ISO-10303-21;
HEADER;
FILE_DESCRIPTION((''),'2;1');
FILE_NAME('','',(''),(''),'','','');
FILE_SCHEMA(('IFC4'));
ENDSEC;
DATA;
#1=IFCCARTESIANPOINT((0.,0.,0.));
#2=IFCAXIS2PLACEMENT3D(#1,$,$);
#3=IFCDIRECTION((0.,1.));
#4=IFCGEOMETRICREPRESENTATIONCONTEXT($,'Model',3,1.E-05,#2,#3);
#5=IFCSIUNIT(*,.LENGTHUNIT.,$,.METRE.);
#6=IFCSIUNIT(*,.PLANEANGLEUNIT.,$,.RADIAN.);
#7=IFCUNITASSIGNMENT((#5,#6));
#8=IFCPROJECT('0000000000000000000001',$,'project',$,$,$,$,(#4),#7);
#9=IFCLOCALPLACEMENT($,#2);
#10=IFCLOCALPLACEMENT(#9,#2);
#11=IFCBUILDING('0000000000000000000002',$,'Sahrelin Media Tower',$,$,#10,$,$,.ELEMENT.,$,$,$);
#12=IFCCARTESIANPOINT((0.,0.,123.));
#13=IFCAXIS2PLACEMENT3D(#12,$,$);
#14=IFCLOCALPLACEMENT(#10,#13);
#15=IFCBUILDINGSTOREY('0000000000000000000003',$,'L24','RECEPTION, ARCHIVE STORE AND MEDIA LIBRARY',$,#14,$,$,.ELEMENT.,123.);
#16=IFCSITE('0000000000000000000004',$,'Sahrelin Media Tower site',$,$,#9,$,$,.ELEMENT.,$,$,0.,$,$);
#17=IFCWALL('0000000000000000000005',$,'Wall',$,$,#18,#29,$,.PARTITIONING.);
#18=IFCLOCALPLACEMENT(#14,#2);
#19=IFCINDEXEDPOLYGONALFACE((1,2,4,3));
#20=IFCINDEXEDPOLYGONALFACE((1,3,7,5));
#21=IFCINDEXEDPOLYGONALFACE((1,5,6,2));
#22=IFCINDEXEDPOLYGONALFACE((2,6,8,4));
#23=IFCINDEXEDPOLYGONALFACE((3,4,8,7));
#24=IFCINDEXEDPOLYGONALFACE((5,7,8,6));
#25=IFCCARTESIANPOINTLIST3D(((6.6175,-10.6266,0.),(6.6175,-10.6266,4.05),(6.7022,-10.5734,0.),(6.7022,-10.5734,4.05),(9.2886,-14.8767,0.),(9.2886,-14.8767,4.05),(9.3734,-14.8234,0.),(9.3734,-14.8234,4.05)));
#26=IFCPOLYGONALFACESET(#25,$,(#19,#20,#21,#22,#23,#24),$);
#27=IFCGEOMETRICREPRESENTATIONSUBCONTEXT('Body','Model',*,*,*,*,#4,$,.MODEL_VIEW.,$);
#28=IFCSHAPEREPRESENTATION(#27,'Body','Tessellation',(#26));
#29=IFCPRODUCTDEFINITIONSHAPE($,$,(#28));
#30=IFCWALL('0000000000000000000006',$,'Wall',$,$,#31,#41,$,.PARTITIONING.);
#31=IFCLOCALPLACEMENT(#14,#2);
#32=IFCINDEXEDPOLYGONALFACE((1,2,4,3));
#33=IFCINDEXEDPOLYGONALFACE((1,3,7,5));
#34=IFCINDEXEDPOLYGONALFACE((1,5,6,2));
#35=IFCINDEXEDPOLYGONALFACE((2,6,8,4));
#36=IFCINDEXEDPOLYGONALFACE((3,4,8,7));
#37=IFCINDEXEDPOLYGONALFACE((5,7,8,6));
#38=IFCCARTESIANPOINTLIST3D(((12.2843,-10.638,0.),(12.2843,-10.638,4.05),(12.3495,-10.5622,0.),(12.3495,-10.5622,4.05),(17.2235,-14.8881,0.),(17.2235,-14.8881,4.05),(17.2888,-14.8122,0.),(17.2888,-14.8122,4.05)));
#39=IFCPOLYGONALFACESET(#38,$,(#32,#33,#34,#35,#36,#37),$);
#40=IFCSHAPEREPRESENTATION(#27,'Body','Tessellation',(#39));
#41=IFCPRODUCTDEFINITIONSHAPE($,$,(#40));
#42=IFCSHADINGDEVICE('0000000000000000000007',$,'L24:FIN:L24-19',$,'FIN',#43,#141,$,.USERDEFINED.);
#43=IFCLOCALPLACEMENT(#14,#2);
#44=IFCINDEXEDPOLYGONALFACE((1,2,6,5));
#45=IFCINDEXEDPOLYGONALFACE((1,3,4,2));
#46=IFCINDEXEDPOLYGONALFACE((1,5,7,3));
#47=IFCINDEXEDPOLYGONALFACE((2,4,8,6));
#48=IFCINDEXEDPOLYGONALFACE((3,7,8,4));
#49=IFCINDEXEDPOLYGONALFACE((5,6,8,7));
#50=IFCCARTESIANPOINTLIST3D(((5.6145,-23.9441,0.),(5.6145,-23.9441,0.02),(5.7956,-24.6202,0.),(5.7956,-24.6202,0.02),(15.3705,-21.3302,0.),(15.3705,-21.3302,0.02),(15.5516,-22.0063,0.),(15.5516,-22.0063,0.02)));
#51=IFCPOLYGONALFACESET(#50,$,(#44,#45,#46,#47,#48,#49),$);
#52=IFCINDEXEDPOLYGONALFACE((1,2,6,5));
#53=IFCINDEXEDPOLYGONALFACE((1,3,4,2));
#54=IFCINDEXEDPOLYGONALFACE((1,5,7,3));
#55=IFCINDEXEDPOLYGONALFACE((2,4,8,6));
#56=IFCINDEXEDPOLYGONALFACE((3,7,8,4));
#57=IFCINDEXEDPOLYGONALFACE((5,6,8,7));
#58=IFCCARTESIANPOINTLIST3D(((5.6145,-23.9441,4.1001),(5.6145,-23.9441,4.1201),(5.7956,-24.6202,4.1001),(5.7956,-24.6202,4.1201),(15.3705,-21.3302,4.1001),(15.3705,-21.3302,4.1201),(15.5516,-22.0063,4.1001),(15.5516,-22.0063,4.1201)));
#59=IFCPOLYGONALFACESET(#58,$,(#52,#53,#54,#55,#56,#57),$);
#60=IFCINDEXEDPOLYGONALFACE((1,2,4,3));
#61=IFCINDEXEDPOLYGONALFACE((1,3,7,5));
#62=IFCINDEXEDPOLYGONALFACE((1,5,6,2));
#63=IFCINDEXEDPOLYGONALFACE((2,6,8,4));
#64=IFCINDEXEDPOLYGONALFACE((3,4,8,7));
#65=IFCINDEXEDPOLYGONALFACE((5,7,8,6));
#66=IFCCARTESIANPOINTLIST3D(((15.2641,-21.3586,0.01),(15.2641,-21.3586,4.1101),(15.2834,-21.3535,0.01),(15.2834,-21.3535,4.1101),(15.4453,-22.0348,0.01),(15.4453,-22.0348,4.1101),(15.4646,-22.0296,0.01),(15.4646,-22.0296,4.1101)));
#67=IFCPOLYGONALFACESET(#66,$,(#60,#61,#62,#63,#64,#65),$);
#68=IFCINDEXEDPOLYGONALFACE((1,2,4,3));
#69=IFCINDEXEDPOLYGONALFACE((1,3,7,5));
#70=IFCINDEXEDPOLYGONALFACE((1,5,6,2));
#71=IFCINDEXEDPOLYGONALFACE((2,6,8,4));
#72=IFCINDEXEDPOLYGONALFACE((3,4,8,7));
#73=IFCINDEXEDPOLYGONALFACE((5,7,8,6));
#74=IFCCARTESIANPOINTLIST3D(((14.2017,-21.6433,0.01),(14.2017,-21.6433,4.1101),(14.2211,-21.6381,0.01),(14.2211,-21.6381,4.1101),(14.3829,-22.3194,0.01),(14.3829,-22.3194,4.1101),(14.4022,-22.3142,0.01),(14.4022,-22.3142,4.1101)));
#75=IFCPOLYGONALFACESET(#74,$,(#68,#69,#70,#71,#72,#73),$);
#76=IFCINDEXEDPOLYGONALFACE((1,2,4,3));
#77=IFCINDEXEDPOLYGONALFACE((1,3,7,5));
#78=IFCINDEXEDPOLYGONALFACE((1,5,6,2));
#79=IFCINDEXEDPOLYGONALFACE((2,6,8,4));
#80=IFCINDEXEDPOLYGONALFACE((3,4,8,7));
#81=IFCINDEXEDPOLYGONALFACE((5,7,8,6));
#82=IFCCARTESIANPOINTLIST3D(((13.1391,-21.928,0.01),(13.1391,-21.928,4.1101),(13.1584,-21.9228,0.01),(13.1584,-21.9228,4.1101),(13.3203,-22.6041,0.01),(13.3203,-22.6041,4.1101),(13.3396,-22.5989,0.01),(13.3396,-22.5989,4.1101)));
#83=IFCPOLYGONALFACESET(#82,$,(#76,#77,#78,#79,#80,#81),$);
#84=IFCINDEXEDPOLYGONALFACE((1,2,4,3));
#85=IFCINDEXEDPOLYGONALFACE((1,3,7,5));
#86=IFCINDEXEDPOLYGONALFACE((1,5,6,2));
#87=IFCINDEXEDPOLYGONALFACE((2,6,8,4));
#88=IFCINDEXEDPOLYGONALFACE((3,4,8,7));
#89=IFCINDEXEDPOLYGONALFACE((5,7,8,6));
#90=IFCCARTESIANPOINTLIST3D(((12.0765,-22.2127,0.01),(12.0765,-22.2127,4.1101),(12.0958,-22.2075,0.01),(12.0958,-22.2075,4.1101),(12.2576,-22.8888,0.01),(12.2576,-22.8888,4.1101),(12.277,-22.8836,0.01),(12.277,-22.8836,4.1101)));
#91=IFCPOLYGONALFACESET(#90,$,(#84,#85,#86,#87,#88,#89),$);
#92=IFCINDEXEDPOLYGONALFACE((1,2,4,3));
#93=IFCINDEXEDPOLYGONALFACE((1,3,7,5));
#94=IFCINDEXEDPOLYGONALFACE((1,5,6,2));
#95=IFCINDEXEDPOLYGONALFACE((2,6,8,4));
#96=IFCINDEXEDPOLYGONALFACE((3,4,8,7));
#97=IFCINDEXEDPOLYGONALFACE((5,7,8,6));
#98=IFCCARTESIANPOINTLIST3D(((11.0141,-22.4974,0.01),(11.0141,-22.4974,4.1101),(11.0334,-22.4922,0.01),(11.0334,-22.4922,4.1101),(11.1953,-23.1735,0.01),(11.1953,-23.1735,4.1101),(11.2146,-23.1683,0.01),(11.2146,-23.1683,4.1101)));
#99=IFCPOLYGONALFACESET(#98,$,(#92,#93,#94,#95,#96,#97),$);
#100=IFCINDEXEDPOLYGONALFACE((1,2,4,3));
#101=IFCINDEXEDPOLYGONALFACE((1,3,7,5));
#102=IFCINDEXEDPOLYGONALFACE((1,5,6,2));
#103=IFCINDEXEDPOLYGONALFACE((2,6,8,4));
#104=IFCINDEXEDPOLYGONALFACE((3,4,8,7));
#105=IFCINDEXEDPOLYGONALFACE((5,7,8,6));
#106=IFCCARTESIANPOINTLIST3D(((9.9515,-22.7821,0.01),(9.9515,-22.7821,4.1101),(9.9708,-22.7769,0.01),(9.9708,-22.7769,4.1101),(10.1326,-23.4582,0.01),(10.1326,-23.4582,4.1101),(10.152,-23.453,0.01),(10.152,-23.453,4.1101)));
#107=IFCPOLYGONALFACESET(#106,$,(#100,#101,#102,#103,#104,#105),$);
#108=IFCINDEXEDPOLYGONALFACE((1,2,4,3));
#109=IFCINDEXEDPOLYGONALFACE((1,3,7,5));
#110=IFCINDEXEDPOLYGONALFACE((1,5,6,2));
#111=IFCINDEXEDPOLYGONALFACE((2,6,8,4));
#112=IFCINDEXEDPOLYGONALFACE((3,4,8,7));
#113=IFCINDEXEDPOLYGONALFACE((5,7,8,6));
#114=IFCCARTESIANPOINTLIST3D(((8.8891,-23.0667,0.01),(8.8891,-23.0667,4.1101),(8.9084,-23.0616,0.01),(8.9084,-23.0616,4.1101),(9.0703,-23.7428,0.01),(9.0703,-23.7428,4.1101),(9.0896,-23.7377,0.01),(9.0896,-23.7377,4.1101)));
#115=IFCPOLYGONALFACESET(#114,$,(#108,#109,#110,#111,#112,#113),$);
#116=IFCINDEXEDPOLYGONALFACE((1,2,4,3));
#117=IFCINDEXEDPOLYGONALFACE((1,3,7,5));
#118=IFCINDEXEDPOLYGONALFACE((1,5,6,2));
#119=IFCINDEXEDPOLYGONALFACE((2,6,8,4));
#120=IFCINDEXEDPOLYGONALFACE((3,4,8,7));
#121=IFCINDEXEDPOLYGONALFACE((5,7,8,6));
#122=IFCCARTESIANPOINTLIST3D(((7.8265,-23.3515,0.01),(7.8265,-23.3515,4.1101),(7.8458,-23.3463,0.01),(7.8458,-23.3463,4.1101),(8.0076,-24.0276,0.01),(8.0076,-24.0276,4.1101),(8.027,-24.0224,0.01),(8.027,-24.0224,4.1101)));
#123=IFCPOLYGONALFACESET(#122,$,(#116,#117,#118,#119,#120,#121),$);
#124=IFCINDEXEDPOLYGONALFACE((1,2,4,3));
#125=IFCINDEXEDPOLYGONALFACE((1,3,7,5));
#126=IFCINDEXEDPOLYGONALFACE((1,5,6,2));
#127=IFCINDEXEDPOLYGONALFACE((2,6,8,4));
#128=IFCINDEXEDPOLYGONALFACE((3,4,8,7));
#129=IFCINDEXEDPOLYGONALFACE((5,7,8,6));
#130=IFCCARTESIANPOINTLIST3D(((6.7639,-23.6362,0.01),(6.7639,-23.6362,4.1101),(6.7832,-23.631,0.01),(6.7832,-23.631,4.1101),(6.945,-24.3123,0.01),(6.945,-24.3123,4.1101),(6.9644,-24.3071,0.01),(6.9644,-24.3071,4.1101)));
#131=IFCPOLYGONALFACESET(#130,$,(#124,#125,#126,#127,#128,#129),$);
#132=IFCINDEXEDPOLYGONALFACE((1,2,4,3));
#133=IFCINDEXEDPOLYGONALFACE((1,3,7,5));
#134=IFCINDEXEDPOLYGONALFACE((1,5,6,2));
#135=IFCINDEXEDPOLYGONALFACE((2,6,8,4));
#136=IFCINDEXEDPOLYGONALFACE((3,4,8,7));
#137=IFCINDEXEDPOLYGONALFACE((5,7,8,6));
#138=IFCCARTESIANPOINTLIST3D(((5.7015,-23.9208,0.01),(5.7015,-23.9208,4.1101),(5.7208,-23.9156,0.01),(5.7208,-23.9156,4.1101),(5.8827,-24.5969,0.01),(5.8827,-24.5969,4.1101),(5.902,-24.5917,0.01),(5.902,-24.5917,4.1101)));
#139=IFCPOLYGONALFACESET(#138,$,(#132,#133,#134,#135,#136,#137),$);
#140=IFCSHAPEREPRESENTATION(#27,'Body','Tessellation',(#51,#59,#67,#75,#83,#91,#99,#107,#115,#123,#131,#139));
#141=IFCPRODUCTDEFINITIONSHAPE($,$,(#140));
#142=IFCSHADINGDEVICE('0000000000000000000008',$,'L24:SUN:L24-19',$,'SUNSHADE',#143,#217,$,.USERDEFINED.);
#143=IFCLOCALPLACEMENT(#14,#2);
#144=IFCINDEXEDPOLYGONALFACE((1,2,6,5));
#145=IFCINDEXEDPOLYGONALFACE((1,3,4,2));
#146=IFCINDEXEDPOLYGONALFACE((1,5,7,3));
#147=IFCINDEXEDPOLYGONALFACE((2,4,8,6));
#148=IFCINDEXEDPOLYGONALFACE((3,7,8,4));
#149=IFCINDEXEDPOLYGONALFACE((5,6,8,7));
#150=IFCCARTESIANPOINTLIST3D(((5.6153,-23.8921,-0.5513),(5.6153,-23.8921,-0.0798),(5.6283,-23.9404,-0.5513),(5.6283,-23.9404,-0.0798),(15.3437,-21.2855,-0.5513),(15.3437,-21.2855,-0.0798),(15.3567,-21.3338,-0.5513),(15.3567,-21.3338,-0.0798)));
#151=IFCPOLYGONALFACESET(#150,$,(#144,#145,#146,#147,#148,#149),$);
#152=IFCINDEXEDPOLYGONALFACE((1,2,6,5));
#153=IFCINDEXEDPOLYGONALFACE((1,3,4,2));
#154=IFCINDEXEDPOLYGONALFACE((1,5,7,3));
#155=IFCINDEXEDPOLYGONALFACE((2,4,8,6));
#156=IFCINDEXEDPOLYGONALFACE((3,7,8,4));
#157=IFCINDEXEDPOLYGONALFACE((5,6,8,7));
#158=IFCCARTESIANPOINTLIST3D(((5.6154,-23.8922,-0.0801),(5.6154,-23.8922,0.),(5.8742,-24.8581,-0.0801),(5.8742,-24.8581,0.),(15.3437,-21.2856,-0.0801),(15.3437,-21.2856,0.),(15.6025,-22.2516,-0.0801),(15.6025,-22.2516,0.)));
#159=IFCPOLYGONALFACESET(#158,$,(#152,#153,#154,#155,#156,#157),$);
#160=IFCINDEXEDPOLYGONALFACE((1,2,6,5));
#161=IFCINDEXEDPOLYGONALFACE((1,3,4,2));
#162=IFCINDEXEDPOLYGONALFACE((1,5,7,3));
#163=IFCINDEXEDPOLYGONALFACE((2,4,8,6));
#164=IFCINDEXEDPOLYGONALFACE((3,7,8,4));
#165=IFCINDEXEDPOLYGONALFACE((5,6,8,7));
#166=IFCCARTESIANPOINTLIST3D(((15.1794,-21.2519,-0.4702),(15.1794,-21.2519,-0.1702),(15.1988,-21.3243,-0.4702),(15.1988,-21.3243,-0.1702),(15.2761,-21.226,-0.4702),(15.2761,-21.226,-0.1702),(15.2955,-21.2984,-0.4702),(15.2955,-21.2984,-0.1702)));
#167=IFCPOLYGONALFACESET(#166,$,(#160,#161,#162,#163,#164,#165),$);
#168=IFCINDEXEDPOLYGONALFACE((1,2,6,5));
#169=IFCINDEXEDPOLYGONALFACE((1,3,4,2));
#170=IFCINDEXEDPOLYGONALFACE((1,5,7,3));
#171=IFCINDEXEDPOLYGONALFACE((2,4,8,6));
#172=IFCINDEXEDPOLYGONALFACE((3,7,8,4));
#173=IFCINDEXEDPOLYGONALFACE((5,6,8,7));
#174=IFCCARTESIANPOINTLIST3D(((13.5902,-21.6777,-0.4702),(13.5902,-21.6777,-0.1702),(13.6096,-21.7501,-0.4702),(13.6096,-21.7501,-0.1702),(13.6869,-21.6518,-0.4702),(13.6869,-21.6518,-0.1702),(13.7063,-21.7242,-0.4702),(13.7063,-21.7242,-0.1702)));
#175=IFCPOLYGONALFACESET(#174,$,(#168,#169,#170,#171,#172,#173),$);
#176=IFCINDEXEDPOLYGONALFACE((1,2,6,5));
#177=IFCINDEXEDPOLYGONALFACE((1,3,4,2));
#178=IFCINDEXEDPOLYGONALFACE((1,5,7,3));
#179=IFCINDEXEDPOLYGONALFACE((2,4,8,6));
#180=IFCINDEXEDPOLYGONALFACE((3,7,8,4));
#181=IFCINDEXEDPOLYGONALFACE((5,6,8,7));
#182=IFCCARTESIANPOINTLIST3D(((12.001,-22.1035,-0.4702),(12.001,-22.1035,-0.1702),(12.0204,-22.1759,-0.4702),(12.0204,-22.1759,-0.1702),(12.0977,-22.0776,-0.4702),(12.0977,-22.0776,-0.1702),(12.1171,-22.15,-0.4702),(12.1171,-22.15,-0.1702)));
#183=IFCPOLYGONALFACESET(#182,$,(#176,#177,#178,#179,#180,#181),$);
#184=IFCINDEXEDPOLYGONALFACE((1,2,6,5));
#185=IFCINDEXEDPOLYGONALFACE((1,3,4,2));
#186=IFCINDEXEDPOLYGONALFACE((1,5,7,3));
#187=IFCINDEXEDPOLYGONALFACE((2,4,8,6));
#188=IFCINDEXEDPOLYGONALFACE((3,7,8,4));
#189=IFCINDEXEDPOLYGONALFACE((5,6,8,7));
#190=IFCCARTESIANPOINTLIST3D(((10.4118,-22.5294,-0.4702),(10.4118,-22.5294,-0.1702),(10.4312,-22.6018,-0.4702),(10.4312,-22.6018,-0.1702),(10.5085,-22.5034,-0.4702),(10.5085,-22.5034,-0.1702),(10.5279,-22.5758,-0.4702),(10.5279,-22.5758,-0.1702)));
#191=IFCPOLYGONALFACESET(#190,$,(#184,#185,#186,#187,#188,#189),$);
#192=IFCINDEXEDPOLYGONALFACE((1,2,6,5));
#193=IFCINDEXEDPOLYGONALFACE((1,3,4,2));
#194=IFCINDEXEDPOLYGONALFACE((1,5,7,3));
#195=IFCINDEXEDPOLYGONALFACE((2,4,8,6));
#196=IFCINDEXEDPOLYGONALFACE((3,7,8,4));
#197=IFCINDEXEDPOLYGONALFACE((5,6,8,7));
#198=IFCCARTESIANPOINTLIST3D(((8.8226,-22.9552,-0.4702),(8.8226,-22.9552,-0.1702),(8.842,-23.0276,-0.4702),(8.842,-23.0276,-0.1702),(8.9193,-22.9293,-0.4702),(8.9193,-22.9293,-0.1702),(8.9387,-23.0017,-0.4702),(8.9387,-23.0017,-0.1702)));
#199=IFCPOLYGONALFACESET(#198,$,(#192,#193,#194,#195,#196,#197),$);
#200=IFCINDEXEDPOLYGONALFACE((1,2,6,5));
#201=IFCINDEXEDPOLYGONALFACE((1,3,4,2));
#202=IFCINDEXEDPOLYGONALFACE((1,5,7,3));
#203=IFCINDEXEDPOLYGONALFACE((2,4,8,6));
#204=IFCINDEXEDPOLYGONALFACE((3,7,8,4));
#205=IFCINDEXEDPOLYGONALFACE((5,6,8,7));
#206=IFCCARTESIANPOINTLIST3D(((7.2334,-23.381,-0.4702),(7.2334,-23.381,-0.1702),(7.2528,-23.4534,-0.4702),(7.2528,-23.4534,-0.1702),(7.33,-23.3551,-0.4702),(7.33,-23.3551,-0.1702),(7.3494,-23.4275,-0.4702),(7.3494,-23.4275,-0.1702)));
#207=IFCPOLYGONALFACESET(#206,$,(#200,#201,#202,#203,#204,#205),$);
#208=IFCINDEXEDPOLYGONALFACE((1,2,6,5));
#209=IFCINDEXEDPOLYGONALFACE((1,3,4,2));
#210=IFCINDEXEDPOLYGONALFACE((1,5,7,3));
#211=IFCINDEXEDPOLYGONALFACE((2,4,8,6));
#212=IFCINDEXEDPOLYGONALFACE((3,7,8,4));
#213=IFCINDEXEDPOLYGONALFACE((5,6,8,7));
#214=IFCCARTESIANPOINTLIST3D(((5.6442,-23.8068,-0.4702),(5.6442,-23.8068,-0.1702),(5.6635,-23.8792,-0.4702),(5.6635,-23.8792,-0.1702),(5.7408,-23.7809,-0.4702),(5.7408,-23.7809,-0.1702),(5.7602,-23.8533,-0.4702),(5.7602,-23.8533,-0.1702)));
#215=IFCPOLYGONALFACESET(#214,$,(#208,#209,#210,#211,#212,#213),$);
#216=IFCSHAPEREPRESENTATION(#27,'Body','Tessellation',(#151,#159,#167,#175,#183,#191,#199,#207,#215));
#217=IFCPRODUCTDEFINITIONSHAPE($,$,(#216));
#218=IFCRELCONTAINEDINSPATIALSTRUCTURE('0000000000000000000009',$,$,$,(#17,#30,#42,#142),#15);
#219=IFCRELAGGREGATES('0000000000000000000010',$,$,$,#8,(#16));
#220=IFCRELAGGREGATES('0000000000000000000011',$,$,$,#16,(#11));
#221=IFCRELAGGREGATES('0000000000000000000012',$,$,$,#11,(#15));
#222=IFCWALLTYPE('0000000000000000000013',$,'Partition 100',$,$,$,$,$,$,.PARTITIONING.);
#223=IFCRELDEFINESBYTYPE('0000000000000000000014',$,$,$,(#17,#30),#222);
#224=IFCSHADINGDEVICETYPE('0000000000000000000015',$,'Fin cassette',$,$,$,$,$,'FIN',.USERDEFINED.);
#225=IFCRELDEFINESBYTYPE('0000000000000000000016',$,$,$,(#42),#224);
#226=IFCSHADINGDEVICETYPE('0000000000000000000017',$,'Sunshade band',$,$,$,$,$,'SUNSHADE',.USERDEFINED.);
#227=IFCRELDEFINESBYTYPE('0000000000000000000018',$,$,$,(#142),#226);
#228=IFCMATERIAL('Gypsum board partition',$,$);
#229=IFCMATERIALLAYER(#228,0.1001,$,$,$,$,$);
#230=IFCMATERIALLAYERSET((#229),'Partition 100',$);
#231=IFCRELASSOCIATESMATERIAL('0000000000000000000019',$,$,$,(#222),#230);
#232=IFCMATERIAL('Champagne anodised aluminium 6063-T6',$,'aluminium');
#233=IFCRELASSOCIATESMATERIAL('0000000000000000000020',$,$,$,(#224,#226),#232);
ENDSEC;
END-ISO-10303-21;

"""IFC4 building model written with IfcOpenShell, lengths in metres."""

from ifc_helpers import new_model, si_unit, direction, frame, frame_2d, origin, origin_2d, place, context, subcontext, project, spatial, rectangle, extrude, material, layer, layer_set, type_object, element, save


model = new_model("IFC4")

# Units and contexts
model_context = context("Model", 3, precision=1e-05, world=origin(), true_north=direction((0.0, 1.0)))
body_context = subcontext(model_context, "Body", "Model", "MODEL_VIEW")
ifc_project = project(units=[si_unit("LENGTHUNIT", "METRE"), si_unit("PLANEANGLEUNIT", "RADIAN")], contexts=[model_context])

# Site, building, storey
site_placement = place(None, origin())
site = spatial("IfcSite", under=ifc_project, at=site_placement, Name="Sahrelin Media Tower site", CompositionType="ELEMENT", RefElevation=0.0)
building_placement = place(site_placement, origin())
building = spatial("IfcBuilding", under=site, at=building_placement, Name="Sahrelin Media Tower", CompositionType="ELEMENT")
storey_placement = place(building_placement, frame((0.0, 0.0, 123.0)))
storey = spatial("IfcBuildingStorey", under=building, at=storey_placement, Name="L24", Description="RECEPTION, ARCHIVE STORE AND MEDIA LIBRARY", CompositionType="ELEMENT", Elevation=123.0)

# Shared definitions
ifc_material_1 = material(Name="Champagne anodised aluminium 6063-T6", Category="aluminium")

# Walls
ifc_material_2 = material(Name="Gypsum board partition")
ifc_layer_1 = layer(ifc_material_2, 0.1001)
ifc_layer_set_1 = layer_set([ifc_layer_1], Name="Partition 100")
wall_type_1 = type_object("IfcWallType", Name="Partition 100", PredefinedType="PARTITIONING", material=ifc_layer_set_1)
wall_1_placement = place(storey_placement, frame((6.6599, -10.6001, 0.0), z_axis=(0.0, 0.0, 1.0), x_axis=(0.532131, -0.846662, 0.0)))
element("IfcWall", 1, at=wall_1_placement, inside=storey, type_object=wall_type_1, Name="Wall", PredefinedType="PARTITIONING", context=body_context, shape_type="SweptSolid", body=[
    extrude(rectangle(XDim=5.0198, YDim=0.1001, at=frame_2d((2.5098, 0.0))), origin(), (0.0, 0.0, 1.0), 4.05),
])
wall_2_placement = place(storey_placement, frame((12.3169, -10.6001, 0.0), z_axis=(0.0, 0.0, 1.0), x_axis=(0.758012, -0.65224, 0.0)))
element("IfcWall", 2, at=wall_2_placement, inside=storey, type_object=wall_type_1, Name="Wall", PredefinedType="PARTITIONING", context=body_context, shape_type="SweptSolid", body=[
    extrude(rectangle(XDim=6.5161, YDim=0.1001, at=frame_2d((3.2581, 0.0))), origin(), (0.0, 0.0, 1.0), 4.05),
])

# Shading devices
shading_device_type_1 = type_object("IfcShadingDeviceType", Name="Fin cassette", ElementType="FIN", PredefinedType="USERDEFINED", material=ifc_material_1)
placement = place(storey_placement, frame((10.4744, -22.5696, 0.0), z_axis=(0.0, 0.0, 1.0), x_axis=(-0.965929, -0.258808, 0.0)))
element("IfcShadingDevice", 3, at=placement, inside=storey, type_object=shading_device_type_1, Name="L24:FIN:L24-19", ObjectType="FIN", PredefinedType="USERDEFINED", context=body_context, shape_type="SweptSolid", body=[
    extrude(rectangle(XDim=10.1001, YDim=0.7, at=origin_2d()), frame((0.0, 0.4199, 0.0)), (0.0, 0.0, 1.0), 0.02),
    extrude(rectangle(XDim=10.1001, YDim=0.7, at=origin_2d()), frame((0.0, 0.4199, 4.1001)), (0.0, 0.0, 1.0), 0.02),
    extrude(rectangle(XDim=0.02, YDim=0.7, at=origin_2d()), frame((-4.95, 0.4199, 0.01), z_axis=(0.0, 0.0, 1.0), x_axis=(1.0, 0.0, 0.0)), (0.0, 0.0, 1.0), 4.1001),
    extrude(rectangle(XDim=0.02, YDim=0.7, at=origin_2d()), frame((-3.8501, 0.4199, 0.01), z_axis=(0.0, 0.0, 1.0), x_axis=(1.0, 0.0, 0.0)), (0.0, 0.0, 1.0), 4.1001),
    extrude(rectangle(XDim=0.02, YDim=0.7, at=origin_2d()), frame((-2.75, 0.4199, 0.01), z_axis=(0.0, 0.0, 1.0), x_axis=(1.0, 0.0, 0.0)), (0.0, 0.0, 1.0), 4.1001),
    extrude(rectangle(XDim=0.02, YDim=0.7, at=origin_2d()), frame((-1.6499, 0.4199, 0.01), z_axis=(0.0, 0.0, 1.0), x_axis=(1.0, 0.0, 0.0)), (0.0, 0.0, 1.0), 4.1001),
    extrude(rectangle(XDim=0.02, YDim=0.7, at=origin_2d()), frame((-0.55, 0.4199, 0.01), z_axis=(0.0, 0.0, 1.0), x_axis=(1.0, 0.0, 0.0)), (0.0, 0.0, 1.0), 4.1001),
    extrude(rectangle(XDim=0.02, YDim=0.7, at=origin_2d()), frame((0.55, 0.4199, 0.01), z_axis=(0.0, 0.0, 1.0), x_axis=(1.0, 0.0, 0.0)), (0.0, 0.0, 1.0), 4.1001),
    extrude(rectangle(XDim=0.02, YDim=0.7, at=origin_2d()), frame((1.6499, 0.4199, 0.01), z_axis=(0.0, 0.0, 1.0), x_axis=(1.0, 0.0, 0.0)), (0.0, 0.0, 1.0), 4.1001),
    extrude(rectangle(XDim=0.02, YDim=0.7, at=origin_2d()), frame((2.75, 0.4199, 0.01), z_axis=(0.0, 0.0, 1.0), x_axis=(1.0, 0.0, 0.0)), (0.0, 0.0, 1.0), 4.1001),
    extrude(rectangle(XDim=0.02, YDim=0.7, at=origin_2d()), frame((3.8501, 0.4199, 0.01), z_axis=(0.0, 0.0, 1.0), x_axis=(1.0, 0.0, 0.0)), (0.0, 0.0, 1.0), 4.1001),
    extrude(rectangle(XDim=0.02, YDim=0.7, at=origin_2d()), frame((4.95, 0.4199, 0.01), z_axis=(0.0, 0.0, 1.0), x_axis=(1.0, 0.0, 0.0)), (0.0, 0.0, 1.0), 4.1001),
])
shading_device_type_2 = type_object("IfcShadingDeviceType", Name="Sunshade band", ElementType="SUNSHADE", PredefinedType="USERDEFINED", material=ifc_material_1)
element("IfcShadingDevice", 4, at=placement, inside=storey, type_object=shading_device_type_2, Name="L24:SUN:L24-19", ObjectType="SUNSHADE", PredefinedType="USERDEFINED", context=body_context, shape_type="SweptSolid", body=[
    extrude(rectangle(XDim=10.0715, YDim=0.05, at=origin_2d()), frame((0.0, 0.0449, -0.5513)), (0.0, 0.0, 1.0), 0.4714),
    extrude(rectangle(XDim=10.0715, YDim=1.0, at=origin_2d()), frame((0.0, 0.52, -0.0801)), (0.0, 0.0, 1.0), 0.0801),
    extrude(rectangle(XDim=0.1001, YDim=0.075, at=origin_2d()), frame((-4.9358, -0.0176, -0.4702)), (0.0, 0.0, 1.0), 0.3),
    extrude(rectangle(XDim=0.1001, YDim=0.075, at=origin_2d()), frame((-3.2905, -0.0176, -0.4702)), (0.0, 0.0, 1.0), 0.3),
    extrude(rectangle(XDim=0.1001, YDim=0.075, at=origin_2d()), frame((-1.6453, -0.0176, -0.4702)), (0.0, 0.0, 1.0), 0.3),
    extrude(rectangle(XDim=0.1001, YDim=0.075, at=origin_2d()), frame((0.0, -0.0176, -0.4702)), (0.0, 0.0, 1.0), 0.3),
    extrude(rectangle(XDim=0.1001, YDim=0.075, at=origin_2d()), frame((1.6453, -0.0176, -0.4702)), (0.0, 0.0, 1.0), 0.3),
    extrude(rectangle(XDim=0.1001, YDim=0.075, at=origin_2d()), frame((3.2905, -0.0176, -0.4702)), (0.0, 0.0, 1.0), 0.3),
    extrude(rectangle(XDim=0.1001, YDim=0.075, at=origin_2d()), frame((4.9358, -0.0176, -0.4702)), (0.0, 0.0, 1.0), 0.3),
])

save(model, "model.ifc")
